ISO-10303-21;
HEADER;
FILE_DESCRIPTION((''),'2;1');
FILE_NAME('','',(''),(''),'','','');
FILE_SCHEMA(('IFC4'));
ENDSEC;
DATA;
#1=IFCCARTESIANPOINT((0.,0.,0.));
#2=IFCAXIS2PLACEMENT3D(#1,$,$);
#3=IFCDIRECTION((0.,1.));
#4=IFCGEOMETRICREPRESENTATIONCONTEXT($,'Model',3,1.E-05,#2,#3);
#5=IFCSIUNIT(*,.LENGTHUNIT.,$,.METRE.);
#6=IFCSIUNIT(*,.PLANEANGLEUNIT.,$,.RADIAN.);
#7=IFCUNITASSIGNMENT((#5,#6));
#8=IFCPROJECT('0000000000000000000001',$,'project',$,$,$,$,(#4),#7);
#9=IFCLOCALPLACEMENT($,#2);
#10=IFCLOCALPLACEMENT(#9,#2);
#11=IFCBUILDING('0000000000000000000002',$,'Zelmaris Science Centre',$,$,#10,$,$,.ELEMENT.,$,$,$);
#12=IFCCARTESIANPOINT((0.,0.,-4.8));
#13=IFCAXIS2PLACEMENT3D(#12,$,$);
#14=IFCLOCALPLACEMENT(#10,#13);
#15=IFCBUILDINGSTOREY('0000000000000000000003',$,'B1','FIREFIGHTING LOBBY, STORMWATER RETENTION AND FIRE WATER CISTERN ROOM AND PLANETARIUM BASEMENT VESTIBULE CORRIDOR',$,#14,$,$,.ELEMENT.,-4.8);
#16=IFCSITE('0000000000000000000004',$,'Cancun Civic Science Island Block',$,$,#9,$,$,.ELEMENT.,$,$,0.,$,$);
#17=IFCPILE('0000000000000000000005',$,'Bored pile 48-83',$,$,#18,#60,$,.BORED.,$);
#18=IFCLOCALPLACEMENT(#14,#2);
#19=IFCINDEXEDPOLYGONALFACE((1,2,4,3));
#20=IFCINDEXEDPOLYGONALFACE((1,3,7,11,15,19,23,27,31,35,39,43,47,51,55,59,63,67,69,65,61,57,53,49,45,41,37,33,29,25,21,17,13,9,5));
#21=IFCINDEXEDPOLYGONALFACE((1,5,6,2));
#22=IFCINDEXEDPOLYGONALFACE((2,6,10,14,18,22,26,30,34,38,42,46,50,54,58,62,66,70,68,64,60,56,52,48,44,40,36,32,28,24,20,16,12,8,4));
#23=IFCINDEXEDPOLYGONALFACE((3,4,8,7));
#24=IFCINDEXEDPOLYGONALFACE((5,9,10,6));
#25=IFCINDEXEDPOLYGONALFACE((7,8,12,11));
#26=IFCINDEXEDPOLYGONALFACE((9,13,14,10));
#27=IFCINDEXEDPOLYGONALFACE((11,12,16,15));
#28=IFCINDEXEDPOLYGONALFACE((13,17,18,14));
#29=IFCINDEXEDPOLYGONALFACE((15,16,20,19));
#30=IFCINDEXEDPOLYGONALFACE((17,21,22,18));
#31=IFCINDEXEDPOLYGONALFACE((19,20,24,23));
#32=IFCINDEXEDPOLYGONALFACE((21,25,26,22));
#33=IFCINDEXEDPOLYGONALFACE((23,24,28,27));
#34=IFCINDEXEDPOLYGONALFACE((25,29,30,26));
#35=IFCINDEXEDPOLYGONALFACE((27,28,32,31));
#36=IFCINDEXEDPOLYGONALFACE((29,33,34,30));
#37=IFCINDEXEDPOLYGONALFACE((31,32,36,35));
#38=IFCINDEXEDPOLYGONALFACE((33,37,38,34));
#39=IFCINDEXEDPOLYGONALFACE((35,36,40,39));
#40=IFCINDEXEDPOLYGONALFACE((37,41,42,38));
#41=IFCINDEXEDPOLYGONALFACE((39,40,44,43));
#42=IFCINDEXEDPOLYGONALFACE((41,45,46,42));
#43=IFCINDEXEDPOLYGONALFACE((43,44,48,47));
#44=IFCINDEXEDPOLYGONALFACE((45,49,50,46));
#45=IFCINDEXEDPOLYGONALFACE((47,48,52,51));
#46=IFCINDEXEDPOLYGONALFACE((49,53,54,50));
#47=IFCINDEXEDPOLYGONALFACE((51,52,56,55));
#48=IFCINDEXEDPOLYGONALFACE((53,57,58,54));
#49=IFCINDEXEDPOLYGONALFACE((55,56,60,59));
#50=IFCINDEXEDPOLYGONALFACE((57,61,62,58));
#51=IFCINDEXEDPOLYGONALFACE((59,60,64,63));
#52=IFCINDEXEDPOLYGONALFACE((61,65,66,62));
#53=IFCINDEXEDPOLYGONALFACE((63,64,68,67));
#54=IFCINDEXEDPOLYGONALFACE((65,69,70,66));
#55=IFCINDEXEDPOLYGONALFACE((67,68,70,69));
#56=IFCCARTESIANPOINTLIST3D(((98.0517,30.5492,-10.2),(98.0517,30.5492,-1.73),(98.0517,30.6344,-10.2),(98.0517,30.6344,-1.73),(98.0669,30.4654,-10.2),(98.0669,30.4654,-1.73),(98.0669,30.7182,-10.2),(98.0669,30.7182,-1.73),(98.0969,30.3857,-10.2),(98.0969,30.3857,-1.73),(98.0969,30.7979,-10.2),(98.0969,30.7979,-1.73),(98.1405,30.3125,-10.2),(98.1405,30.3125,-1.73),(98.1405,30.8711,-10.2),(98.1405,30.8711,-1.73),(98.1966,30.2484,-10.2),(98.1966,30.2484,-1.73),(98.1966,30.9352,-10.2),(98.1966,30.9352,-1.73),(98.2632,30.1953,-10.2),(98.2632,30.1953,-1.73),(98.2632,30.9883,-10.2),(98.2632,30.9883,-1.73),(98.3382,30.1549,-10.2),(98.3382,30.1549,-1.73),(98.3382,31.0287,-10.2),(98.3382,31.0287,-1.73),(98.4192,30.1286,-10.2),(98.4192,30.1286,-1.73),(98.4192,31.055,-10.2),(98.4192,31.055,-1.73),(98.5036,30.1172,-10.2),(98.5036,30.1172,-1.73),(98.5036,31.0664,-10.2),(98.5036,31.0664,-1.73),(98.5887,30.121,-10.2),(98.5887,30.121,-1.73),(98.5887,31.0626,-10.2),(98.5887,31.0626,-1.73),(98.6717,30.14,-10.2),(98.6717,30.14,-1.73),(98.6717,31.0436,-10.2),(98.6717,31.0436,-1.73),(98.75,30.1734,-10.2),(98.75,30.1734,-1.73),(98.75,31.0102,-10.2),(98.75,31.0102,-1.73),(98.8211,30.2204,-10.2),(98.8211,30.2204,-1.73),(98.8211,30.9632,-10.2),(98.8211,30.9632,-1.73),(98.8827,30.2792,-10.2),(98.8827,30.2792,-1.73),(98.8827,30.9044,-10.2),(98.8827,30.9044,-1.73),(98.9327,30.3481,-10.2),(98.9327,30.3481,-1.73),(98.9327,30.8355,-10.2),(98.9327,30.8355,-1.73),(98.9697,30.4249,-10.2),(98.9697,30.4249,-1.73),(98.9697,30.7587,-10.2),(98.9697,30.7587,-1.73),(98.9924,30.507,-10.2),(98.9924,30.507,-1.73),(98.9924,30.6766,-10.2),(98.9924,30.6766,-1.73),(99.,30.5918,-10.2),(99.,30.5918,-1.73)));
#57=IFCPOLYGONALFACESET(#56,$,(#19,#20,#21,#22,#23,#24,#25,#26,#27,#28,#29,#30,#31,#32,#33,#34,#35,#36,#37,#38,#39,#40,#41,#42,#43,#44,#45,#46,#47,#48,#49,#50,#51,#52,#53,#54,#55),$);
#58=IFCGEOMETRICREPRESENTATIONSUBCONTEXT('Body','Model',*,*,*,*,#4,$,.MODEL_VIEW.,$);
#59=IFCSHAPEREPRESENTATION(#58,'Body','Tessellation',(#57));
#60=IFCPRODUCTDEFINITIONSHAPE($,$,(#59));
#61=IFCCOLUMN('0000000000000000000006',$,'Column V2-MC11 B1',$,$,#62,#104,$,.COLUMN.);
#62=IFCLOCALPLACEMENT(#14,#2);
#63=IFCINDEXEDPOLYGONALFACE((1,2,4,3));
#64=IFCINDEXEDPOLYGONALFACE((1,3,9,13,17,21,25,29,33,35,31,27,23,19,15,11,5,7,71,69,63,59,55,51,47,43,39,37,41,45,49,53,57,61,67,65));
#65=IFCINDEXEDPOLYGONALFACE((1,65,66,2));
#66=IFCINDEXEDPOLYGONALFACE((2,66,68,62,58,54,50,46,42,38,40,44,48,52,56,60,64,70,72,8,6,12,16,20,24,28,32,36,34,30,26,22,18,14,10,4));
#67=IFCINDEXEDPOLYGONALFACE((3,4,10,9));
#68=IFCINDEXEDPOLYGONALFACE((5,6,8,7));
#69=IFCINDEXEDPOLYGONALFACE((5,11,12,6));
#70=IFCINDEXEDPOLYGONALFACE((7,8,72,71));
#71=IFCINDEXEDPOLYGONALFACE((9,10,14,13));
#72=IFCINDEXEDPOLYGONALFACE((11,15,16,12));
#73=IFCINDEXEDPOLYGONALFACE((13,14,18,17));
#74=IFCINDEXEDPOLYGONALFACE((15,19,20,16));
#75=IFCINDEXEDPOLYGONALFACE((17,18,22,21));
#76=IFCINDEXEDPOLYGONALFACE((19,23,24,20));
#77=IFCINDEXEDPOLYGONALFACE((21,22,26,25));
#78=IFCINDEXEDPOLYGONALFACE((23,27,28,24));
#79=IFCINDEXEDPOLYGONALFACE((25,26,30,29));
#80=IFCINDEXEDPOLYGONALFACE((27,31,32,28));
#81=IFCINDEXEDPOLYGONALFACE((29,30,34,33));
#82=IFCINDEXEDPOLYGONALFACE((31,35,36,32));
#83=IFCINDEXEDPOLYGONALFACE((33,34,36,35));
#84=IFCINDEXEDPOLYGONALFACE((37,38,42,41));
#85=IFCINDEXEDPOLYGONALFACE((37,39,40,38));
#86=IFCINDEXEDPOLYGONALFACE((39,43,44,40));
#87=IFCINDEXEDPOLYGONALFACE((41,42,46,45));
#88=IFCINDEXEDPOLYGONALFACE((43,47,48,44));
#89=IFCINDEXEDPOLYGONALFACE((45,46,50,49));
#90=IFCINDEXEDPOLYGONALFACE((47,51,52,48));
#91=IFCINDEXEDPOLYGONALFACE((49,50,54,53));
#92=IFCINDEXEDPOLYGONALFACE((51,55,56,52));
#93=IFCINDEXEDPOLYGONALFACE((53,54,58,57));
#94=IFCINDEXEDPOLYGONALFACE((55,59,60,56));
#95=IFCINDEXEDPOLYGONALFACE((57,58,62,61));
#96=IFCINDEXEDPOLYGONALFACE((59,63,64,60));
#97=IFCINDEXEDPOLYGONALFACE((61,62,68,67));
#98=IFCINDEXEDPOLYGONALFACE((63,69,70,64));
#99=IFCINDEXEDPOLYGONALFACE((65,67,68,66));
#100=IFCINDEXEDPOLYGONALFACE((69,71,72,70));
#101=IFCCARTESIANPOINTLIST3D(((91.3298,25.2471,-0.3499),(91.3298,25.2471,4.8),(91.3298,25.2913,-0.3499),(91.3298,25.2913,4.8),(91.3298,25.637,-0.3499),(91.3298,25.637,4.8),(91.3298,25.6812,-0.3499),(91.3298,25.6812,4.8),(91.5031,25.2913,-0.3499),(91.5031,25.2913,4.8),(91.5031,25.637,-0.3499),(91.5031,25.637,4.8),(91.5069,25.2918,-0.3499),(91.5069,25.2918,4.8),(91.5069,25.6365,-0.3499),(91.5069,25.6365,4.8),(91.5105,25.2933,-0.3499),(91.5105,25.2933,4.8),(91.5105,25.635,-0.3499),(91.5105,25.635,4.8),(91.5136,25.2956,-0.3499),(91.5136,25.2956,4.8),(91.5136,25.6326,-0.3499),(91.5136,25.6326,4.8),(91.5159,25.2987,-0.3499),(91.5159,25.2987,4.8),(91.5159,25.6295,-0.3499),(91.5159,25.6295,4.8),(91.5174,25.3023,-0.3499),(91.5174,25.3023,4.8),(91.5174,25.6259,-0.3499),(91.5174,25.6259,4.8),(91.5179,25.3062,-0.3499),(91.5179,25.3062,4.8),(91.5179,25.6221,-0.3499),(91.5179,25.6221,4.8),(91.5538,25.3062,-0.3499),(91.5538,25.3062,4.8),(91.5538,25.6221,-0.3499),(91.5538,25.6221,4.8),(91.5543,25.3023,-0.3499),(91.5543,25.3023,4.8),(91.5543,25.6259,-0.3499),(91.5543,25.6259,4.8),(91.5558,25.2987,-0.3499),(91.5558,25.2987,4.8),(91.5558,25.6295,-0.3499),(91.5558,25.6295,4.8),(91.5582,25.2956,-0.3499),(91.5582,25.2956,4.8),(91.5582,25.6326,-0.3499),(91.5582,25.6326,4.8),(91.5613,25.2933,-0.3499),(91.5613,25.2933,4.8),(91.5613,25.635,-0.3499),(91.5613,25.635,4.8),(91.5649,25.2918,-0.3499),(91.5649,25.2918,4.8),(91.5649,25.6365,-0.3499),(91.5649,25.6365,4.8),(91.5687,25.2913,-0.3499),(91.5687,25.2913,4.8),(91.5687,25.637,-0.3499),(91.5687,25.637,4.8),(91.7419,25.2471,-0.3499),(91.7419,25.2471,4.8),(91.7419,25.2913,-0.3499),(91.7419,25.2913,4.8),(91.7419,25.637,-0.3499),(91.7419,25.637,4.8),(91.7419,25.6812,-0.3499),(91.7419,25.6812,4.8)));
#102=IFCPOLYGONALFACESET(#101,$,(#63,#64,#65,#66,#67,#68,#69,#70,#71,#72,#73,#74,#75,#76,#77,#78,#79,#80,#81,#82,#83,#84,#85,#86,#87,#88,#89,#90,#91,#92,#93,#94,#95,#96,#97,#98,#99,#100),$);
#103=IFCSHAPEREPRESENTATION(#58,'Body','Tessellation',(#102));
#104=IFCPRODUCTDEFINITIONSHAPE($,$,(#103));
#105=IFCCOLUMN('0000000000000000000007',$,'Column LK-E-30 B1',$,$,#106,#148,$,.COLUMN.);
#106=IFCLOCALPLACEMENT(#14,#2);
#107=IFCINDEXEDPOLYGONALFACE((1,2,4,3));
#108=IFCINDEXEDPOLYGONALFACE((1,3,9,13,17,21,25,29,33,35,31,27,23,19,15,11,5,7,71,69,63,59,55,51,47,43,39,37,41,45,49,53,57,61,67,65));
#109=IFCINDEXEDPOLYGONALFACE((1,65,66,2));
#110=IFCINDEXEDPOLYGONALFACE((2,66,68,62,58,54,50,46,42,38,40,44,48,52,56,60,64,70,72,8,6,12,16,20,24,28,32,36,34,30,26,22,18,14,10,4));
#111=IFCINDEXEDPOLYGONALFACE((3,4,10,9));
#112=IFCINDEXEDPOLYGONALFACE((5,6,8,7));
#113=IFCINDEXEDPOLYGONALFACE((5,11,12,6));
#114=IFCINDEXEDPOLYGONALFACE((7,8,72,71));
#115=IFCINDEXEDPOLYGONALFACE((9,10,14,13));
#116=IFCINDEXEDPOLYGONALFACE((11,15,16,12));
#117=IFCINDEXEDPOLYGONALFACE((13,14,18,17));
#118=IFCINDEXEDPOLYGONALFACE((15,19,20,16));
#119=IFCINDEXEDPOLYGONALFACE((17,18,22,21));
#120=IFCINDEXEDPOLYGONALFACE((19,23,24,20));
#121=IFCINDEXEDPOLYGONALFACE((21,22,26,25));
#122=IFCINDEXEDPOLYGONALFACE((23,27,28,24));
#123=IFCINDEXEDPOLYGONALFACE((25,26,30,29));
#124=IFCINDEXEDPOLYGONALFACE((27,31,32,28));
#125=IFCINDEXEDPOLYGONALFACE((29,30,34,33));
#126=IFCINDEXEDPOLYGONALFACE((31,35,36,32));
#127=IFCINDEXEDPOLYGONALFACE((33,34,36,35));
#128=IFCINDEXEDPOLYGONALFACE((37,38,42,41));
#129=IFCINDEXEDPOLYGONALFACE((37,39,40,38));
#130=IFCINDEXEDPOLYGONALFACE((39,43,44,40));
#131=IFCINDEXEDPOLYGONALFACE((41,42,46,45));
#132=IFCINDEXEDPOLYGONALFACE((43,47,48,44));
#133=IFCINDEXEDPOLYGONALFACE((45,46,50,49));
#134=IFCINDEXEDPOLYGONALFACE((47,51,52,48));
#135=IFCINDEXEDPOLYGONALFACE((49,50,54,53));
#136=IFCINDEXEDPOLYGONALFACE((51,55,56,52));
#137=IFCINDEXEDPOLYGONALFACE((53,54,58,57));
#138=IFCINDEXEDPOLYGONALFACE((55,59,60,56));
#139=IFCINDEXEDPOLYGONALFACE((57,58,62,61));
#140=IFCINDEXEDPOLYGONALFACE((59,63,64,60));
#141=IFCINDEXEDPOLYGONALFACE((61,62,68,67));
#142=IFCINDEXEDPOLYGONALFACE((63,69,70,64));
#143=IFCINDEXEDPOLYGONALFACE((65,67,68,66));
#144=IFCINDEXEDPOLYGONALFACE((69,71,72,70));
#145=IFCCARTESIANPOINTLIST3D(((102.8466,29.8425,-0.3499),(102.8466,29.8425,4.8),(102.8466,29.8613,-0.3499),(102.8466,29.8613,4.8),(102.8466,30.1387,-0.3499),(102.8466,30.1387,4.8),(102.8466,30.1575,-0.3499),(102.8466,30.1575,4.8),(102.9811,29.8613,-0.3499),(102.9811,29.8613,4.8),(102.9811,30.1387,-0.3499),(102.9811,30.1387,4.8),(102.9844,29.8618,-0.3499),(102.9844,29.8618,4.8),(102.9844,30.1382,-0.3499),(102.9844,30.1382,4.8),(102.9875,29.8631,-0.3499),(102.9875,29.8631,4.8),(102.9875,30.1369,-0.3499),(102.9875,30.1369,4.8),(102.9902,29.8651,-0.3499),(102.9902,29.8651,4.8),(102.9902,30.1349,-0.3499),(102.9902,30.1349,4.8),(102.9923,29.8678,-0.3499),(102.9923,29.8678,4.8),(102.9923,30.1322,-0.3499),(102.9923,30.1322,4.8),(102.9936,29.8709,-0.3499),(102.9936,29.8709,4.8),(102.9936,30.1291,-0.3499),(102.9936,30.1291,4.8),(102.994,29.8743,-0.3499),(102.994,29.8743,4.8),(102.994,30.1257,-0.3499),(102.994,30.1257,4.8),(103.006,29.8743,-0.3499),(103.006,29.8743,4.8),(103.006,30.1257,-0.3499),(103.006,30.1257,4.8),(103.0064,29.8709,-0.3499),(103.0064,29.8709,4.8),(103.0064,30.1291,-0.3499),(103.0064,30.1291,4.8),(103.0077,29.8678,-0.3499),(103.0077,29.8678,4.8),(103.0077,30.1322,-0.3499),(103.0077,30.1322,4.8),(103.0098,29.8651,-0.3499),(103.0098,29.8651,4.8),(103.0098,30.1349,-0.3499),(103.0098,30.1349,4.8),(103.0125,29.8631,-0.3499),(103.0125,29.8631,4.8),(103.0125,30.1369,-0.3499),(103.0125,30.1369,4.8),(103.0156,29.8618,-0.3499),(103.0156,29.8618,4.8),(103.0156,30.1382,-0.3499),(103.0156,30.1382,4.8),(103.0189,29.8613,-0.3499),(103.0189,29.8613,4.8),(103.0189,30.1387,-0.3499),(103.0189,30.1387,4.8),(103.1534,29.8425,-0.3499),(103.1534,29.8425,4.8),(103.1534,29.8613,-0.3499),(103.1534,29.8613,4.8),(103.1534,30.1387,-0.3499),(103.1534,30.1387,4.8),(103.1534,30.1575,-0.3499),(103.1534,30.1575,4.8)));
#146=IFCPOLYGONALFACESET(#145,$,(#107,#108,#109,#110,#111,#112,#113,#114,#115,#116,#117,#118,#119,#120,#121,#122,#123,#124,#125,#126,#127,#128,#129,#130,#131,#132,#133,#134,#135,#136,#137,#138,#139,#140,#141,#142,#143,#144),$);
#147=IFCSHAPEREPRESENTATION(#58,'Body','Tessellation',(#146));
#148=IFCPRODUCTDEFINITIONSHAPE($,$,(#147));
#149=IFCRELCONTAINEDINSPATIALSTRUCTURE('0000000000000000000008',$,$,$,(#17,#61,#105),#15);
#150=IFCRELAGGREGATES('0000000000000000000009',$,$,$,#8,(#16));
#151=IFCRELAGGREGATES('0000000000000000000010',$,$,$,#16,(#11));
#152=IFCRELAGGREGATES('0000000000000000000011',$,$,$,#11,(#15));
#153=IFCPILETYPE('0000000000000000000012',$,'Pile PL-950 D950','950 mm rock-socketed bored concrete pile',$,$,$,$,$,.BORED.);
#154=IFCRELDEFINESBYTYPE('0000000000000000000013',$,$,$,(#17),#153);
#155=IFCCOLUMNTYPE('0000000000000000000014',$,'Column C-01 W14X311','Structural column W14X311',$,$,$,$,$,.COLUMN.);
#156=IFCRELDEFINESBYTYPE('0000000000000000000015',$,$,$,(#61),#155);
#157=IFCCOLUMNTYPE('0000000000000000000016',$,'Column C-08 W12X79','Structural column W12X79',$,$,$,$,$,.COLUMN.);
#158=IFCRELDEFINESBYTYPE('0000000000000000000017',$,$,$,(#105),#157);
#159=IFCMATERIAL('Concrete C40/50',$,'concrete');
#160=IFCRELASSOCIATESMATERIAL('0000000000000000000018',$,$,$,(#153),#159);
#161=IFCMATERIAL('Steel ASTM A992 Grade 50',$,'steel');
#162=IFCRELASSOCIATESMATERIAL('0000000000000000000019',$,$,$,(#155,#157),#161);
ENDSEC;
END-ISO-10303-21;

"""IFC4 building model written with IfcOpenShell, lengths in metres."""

from ifc_helpers import new_model, si_unit, direction, frame, origin, origin_2d, place, context, subcontext, project, spatial, circle, i_section, extrude, material, material_profile, profile_set, type_object, element, save


model = new_model("IFC4")

# Units and contexts
model_context = context("Model", 3, precision=1e-05, world=origin(), true_north=direction((0.0, 1.0)))
body_context = subcontext(model_context, "Body", "Model", "MODEL_VIEW")
ifc_project = project(units=[si_unit("LENGTHUNIT", "METRE"), si_unit("PLANEANGLEUNIT", "RADIAN")], contexts=[model_context])

# Site, building, storey
site_placement = place(None, origin())
site = spatial("IfcSite", under=ifc_project, at=site_placement, Name="Cancun Civic Science Island Block", CompositionType="ELEMENT", RefElevation=0.0)
building_placement = place(site_placement, origin())
building = spatial("IfcBuilding", under=site, at=building_placement, Name="Zelmaris Science Centre", CompositionType="ELEMENT")
storey_placement = place(building_placement, frame((0.0, 0.0, -4.8)))
storey = spatial("IfcBuildingStorey", under=building, at=storey_placement, Name="B1", Description="FIREFIGHTING LOBBY, STORMWATER RETENTION AND FIRE WATER CISTERN ROOM AND PLANETARIUM BASEMENT VESTIBULE CORRIDOR", CompositionType="ELEMENT", Elevation=-4.8)

# Pile
ifc_material_1 = material(Name="Concrete C40/50", Category="concrete")
ifc_material_profile_1 = material_profile(ifc_material_1, circle(Radius=0.4751, at=origin_2d()), Name="PILE-950")
ifc_profile_set_1 = profile_set([ifc_material_profile_1], Name="Concrete C40/50")
pile_type_1 = type_object("IfcPileType", Name="Pile PL-950 D950", Description="950 mm rock-socketed bored concrete pile", PredefinedType="BORED", material=ifc_profile_set_1)
for number, where, z_axis, x_axis, name in (
    (1, (98.5249, 30.5918, -1.73), (0.0, 0.0, -1.0), (1.0, 0.0, 0.0), "Bored pile 48-83"),
):
    element("IfcPile", number, at=place(storey_placement, frame(where, z_axis=z_axis, x_axis=x_axis)), inside=storey, type_object=pile_type_1, Name=name, PredefinedType="BORED", context=body_context, shape_type="SweptSolid", body=[
        extrude(circle(Radius=0.4751, at=origin_2d()), origin(), (0.0, 0.0, 1.0), 8.47),
    ])

# Columns
ifc_material_2 = material(Name="Steel ASTM A992 Grade 50", Category="steel")
ifc_material_profile_2 = material_profile(ifc_material_2, i_section(OverallWidth=0.4121, OverallDepth=0.4341, WebThickness=0.0359, FlangeThickness=0.0442, FilletRadius=0.0149, at=origin_2d()), Name="W14X311")
ifc_profile_set_2 = profile_set([ifc_material_profile_2], Name="Steel ASTM A992 Grade 50")
column_type_1 = type_object("IfcColumnType", Name="Column C-01 W14X311", Description="Structural column W14X311", PredefinedType="COLUMN", material=ifc_profile_set_2)
column_1_placement = place(storey_placement, frame((91.5359, 25.4641, -0.3499), z_axis=(0.0, 0.0, 1.0), x_axis=(1.0, 0.0, 0.0)))
element("IfcColumn", 2, at=column_1_placement, inside=storey, type_object=column_type_1, Name="Column V2-MC11 B1", PredefinedType="COLUMN", context=body_context, shape_type="SweptSolid", body=[
    extrude(i_section(OverallWidth=0.4121, OverallDepth=0.4341, WebThickness=0.0359, FlangeThickness=0.0442, FilletRadius=0.0149, at=origin_2d()), origin(), (0.0, 0.0, 1.0), 5.1499),
])
ifc_material_profile_3 = material_profile(ifc_material_2, i_section(OverallWidth=0.3069, OverallDepth=0.3149, WebThickness=0.012, FlangeThickness=0.0188, FilletRadius=0.0129, at=origin_2d()), Name="W12X79")
ifc_profile_set_3 = profile_set([ifc_material_profile_3], Name="Steel ASTM A992 Grade 50")
column_type_2 = type_object("IfcColumnType", Name="Column C-08 W12X79", Description="Structural column W12X79", PredefinedType="COLUMN", material=ifc_profile_set_3)
column_2_placement = place(storey_placement, frame((103.0, 30.0, -0.3499), z_axis=(0.0, 0.0, 1.0), x_axis=(1.0, 0.0, 0.0)))
element("IfcColumn", 3, at=column_2_placement, inside=storey, type_object=column_type_2, Name="Column LK-E-30 B1", PredefinedType="COLUMN", context=body_context, shape_type="SweptSolid", body=[
    extrude(i_section(OverallWidth=0.3069, OverallDepth=0.3149, WebThickness=0.012, FlangeThickness=0.0188, FilletRadius=0.0129, at=origin_2d()), origin(), (0.0, 0.0, 1.0), 5.1499),
])

save(model, "model.ifc")
